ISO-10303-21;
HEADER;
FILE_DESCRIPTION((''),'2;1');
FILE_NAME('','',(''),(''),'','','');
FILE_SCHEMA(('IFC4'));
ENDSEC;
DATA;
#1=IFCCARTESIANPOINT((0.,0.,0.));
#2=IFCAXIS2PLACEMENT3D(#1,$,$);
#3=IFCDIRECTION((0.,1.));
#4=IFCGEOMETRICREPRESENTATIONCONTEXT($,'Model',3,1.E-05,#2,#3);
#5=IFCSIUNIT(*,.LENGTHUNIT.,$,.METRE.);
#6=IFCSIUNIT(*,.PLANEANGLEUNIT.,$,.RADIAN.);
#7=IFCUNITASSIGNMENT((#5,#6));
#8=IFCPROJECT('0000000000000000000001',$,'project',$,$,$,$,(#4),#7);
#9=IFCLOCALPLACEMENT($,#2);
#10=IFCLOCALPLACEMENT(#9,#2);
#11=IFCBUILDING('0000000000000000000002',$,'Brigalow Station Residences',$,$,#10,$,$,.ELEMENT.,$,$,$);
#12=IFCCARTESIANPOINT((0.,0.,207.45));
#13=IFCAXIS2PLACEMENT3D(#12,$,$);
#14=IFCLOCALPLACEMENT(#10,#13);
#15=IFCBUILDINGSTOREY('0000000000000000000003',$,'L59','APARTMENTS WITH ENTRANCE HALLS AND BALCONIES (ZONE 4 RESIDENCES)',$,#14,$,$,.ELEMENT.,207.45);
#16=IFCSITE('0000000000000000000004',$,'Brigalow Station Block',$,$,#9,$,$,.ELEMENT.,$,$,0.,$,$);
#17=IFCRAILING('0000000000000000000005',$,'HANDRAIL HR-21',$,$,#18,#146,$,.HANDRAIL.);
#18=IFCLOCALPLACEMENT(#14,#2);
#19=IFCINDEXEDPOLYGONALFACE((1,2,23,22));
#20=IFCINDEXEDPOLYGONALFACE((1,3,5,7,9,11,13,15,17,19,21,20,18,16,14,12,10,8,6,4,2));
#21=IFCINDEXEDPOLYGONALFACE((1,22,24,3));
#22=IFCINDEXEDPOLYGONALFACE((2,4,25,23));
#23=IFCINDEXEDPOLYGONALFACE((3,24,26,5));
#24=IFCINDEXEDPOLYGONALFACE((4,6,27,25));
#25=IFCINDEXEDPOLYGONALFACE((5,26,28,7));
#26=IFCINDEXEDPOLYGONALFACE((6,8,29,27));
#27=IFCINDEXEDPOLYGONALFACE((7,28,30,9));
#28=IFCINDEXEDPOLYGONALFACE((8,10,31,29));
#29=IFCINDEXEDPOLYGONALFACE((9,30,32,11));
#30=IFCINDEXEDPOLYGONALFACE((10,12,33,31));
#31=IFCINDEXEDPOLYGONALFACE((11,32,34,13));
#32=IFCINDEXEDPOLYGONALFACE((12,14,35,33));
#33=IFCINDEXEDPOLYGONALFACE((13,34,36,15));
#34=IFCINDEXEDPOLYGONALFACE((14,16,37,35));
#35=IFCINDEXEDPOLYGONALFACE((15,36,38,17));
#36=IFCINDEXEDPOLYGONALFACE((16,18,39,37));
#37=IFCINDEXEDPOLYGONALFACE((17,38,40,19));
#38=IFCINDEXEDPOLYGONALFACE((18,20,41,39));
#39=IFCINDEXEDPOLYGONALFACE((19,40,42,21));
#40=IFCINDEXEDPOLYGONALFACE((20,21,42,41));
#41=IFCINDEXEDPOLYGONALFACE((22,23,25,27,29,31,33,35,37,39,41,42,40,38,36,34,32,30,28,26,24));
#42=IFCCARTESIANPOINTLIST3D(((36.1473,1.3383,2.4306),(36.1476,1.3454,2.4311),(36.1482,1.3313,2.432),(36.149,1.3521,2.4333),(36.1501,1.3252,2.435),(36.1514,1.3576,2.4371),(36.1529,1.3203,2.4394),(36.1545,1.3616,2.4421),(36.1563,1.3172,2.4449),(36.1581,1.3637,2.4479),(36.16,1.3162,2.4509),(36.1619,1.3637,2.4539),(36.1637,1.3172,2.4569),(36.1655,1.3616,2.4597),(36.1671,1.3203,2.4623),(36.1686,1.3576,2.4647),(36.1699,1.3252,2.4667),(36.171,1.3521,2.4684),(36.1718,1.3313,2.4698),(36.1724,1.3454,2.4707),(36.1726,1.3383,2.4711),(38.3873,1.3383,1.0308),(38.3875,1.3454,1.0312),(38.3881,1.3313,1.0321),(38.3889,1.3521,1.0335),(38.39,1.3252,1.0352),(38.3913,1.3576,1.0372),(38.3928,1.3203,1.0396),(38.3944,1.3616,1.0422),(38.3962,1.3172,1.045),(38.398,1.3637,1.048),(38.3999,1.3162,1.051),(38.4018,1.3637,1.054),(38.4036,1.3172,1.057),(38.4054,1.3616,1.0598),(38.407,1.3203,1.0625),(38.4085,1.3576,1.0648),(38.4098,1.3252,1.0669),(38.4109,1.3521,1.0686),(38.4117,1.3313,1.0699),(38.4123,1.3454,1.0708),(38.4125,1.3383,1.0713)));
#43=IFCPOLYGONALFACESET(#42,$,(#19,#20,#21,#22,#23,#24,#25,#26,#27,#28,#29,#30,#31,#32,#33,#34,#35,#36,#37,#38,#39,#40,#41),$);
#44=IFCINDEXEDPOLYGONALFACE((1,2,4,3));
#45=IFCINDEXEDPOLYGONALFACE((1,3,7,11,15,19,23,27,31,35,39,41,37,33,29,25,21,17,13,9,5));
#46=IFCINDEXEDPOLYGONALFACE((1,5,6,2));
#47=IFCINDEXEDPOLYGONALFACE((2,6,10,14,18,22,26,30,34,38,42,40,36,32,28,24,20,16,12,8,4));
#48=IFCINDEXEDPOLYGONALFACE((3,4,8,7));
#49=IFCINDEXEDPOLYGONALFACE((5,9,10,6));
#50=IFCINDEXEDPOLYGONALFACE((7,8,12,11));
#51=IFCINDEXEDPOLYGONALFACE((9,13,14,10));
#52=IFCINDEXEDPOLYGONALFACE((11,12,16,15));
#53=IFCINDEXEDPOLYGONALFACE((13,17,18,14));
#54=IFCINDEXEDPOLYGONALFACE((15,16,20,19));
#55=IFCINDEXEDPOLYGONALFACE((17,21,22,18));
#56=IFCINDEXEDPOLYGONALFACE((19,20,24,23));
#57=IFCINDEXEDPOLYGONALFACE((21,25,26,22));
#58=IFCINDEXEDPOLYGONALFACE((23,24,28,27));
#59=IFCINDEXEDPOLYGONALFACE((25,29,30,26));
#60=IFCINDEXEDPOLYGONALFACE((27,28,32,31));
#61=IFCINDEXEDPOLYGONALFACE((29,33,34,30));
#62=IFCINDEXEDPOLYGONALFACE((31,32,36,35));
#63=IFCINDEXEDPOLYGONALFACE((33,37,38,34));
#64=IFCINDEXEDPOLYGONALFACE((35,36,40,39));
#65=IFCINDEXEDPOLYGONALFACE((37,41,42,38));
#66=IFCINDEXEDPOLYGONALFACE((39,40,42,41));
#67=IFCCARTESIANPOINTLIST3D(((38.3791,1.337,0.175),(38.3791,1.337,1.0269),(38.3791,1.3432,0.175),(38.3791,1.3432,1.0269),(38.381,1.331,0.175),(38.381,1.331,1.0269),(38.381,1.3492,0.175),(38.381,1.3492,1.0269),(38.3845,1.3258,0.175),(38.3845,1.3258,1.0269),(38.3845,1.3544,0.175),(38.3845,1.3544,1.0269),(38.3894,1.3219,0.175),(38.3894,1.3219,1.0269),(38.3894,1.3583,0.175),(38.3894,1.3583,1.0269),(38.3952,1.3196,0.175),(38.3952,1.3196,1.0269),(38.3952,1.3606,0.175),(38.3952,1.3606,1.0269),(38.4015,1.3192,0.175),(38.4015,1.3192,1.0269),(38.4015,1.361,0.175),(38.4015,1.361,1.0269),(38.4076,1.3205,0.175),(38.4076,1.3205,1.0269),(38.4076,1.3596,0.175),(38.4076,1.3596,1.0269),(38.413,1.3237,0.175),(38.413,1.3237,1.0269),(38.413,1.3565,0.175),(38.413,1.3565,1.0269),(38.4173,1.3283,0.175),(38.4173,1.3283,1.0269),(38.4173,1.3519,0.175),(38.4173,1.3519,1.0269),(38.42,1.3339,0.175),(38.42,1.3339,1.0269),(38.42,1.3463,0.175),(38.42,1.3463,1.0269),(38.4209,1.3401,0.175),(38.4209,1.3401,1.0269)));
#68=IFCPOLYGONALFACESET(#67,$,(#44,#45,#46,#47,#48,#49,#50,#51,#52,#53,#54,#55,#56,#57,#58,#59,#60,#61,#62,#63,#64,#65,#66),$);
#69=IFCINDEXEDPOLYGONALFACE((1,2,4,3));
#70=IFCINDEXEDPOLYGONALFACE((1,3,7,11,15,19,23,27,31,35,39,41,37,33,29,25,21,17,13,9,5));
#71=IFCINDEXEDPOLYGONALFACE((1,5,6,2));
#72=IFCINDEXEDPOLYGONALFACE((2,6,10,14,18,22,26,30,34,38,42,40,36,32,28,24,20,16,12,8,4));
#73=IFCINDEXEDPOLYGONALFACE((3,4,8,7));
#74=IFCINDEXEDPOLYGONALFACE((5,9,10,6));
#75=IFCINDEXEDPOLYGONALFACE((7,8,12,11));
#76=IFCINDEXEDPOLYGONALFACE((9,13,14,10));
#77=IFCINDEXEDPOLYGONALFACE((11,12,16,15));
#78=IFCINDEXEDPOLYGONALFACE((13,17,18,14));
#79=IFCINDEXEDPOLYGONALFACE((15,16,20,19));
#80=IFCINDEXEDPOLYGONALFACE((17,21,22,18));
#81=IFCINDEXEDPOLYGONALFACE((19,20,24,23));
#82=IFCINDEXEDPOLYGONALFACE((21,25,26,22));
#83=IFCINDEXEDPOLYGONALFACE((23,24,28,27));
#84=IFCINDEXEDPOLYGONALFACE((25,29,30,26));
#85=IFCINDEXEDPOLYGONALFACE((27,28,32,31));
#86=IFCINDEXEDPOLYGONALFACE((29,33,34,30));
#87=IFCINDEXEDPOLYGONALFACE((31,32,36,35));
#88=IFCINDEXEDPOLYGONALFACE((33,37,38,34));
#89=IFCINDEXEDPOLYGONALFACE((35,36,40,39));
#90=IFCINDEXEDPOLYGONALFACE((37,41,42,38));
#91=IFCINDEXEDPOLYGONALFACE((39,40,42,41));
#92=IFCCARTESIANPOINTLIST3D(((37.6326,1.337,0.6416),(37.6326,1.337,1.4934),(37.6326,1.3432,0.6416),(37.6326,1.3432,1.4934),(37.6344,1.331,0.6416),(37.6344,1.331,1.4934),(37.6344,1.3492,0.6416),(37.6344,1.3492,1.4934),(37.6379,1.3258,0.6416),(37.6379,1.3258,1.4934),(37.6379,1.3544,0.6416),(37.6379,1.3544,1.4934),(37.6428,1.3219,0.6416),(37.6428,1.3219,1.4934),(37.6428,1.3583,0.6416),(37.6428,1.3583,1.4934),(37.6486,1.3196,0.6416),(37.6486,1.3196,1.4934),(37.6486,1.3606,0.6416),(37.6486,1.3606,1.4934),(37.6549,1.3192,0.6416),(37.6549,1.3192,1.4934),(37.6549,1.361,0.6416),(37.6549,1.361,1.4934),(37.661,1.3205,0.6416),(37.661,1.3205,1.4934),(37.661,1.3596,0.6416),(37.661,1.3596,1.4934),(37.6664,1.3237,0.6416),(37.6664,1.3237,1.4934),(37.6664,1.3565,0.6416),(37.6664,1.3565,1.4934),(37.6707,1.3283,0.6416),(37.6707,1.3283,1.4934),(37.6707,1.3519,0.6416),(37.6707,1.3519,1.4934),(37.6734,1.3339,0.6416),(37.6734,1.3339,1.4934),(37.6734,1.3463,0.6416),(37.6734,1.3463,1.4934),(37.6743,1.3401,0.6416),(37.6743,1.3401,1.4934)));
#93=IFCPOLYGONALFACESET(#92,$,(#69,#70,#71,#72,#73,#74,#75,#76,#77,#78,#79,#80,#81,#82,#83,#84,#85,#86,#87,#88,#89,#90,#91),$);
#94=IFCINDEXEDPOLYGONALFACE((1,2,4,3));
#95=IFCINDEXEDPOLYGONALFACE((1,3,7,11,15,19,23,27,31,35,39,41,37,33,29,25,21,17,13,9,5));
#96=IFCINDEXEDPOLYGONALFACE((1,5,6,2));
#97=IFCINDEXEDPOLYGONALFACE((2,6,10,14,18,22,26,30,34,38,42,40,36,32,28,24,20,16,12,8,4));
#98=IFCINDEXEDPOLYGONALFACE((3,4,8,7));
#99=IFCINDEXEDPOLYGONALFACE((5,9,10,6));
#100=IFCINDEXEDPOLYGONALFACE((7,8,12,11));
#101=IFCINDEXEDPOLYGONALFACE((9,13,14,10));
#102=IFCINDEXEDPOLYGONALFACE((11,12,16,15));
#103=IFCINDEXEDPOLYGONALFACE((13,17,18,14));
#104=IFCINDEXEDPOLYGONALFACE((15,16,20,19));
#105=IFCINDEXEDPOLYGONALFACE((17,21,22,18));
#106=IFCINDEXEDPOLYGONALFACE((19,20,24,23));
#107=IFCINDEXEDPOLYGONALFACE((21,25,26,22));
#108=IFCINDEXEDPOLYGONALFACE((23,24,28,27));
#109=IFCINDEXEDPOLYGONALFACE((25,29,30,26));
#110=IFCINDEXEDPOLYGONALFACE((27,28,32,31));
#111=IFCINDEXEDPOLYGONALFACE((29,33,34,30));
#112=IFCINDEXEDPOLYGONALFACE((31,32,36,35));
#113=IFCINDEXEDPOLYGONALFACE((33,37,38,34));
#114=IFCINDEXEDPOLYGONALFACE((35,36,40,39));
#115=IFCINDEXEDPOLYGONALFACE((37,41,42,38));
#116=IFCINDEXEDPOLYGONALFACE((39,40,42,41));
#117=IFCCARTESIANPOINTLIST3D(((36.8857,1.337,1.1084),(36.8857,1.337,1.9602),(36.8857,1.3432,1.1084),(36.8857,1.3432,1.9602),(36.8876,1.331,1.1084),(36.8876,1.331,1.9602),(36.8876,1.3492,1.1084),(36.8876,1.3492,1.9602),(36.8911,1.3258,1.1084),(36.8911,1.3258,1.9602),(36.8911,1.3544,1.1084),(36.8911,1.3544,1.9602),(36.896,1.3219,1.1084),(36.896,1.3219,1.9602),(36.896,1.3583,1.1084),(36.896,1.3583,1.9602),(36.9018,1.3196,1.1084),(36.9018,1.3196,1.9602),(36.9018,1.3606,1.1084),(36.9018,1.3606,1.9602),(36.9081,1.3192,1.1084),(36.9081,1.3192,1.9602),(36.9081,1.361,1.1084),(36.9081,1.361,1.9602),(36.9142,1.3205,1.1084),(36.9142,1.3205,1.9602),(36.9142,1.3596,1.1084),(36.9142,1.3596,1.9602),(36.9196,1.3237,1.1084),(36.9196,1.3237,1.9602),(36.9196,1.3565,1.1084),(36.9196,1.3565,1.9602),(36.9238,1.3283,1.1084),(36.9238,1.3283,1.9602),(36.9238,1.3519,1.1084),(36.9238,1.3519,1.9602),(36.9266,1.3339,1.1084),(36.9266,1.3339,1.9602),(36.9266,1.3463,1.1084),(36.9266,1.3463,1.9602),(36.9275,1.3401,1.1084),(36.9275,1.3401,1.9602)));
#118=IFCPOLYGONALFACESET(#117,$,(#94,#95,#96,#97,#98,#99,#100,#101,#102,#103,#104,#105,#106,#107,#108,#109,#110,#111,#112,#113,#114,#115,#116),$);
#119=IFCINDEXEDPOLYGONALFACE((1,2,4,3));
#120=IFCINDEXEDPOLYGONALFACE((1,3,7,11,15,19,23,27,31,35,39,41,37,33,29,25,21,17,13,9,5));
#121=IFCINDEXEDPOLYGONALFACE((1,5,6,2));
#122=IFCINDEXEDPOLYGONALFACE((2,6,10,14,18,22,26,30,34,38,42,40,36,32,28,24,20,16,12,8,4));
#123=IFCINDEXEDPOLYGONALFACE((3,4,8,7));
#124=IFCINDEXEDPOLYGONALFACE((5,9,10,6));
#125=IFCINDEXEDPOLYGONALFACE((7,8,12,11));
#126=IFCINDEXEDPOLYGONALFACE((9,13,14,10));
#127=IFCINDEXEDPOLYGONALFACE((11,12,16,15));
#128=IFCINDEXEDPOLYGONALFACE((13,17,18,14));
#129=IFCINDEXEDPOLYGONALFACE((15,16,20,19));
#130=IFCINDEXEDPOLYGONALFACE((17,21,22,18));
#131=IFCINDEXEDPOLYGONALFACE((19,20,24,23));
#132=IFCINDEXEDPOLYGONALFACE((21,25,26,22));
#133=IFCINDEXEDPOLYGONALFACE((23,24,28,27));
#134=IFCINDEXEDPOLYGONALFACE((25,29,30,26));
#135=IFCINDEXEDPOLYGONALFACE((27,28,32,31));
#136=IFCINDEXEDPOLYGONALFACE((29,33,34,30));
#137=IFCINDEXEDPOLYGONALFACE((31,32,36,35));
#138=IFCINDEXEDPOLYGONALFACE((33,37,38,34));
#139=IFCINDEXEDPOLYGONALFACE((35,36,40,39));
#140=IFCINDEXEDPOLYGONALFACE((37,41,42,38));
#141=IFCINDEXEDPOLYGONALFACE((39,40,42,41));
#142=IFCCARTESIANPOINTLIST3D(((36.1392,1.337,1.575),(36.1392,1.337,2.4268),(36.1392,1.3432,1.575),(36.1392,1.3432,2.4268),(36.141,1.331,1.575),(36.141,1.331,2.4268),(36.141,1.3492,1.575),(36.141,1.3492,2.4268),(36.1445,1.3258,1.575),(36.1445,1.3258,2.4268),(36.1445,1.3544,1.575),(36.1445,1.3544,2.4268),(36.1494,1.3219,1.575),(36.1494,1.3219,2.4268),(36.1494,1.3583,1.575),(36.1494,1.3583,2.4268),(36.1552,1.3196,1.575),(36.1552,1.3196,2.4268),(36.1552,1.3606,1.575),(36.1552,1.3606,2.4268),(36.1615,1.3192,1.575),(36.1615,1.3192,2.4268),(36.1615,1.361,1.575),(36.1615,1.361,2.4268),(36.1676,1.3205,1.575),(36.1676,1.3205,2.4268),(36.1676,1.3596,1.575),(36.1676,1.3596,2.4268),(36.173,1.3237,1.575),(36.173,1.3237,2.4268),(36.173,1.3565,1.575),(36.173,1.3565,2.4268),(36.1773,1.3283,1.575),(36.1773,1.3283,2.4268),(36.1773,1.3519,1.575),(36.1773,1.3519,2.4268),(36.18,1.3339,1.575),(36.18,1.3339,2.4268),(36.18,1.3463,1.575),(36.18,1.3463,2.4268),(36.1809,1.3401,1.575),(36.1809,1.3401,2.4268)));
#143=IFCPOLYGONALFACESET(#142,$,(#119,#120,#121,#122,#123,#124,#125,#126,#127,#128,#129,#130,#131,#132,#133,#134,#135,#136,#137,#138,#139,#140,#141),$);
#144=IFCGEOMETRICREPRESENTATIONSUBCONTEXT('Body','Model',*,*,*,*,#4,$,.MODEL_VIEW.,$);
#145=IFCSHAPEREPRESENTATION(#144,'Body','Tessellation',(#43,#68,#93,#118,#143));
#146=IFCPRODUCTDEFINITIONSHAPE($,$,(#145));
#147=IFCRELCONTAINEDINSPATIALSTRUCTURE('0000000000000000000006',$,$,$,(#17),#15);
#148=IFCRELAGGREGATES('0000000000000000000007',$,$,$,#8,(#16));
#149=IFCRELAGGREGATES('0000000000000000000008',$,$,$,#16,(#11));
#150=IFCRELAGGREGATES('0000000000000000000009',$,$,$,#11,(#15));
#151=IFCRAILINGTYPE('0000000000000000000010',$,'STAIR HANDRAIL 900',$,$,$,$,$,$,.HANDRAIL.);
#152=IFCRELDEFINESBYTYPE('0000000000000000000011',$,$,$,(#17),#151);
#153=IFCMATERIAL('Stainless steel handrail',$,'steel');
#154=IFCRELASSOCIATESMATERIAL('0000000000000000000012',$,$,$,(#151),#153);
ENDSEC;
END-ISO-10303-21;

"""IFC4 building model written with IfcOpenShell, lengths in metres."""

from ifc_helpers import new_model, si_unit, direction, frame, origin, origin_2d, place, context, subcontext, project, spatial, circle, extrude, material, type_object, element, save


model = new_model("IFC4")

# Units and contexts
model_context = context("Model", 3, precision=1e-05, world=origin(), true_north=direction((0.0, 1.0)))
body_context = subcontext(model_context, "Body", "Model", "MODEL_VIEW")
ifc_project = project(units=[si_unit("LENGTHUNIT", "METRE"), si_unit("PLANEANGLEUNIT", "RADIAN")], contexts=[model_context])

# Site, building, storey
site_placement = place(None, origin())
site = spatial("IfcSite", under=ifc_project, at=site_placement, Name="Brigalow Station Block", CompositionType="ELEMENT", RefElevation=0.0)
building_placement = place(site_placement, origin())
building = spatial("IfcBuilding", under=site, at=building_placement, Name="Brigalow Station Residences", CompositionType="ELEMENT")
storey_placement = place(building_placement, frame((0.0, 0.0, 207.45)))
storey = spatial("IfcBuildingStorey", under=building, at=storey_placement, Name="L59", Description="APARTMENTS WITH ENTRANCE HALLS AND BALCONIES (ZONE 4 RESIDENCES)", CompositionType="ELEMENT", Elevation=207.45)

# Railing
ifc_material_1 = material(Name="Stainless steel handrail", Category="steel")
railing_type_1 = type_object("IfcRailingType", Name="STAIR HANDRAIL 900", PredefinedType="HANDRAIL", material=ifc_material_1)
railing_1_placement = place(storey_placement, frame((38.3999, 1.3401, 0.175)))
element("IfcRailing", 1, at=railing_1_placement, inside=storey, type_object=railing_type_1, Name="HANDRAIL HR-21", PredefinedType="HANDRAIL", context=body_context, shape_type="SweptSolid", body=[
    extrude(circle(Radius=0.0239, at=origin_2d()), frame((0.0, 0.0, 0.876), z_axis=(-0.848014, 0.0, 0.529974), x_axis=(0.0, -1.0, 0.0)), (0.0, 0.0, 1.0), 2.6414),
    extrude(circle(Radius=0.021, at=origin_2d()), origin(), (0.0, 0.0, 1.0), 0.8518),
    extrude(circle(Radius=0.021, at=origin_2d()), frame((-0.7466, 0.0, 0.4666)), (0.0, 0.0, 1.0), 0.8518),
    extrude(circle(Radius=0.021, at=origin_2d()), frame((-1.4934, 0.0, 0.9333)), (0.0, 0.0, 1.0), 0.8518),
    extrude(circle(Radius=0.021, at=origin_2d()), frame((-2.24, 0.0, 1.3999)), (0.0, 0.0, 1.0), 0.8518),
])

save(model, "model.ifc")
